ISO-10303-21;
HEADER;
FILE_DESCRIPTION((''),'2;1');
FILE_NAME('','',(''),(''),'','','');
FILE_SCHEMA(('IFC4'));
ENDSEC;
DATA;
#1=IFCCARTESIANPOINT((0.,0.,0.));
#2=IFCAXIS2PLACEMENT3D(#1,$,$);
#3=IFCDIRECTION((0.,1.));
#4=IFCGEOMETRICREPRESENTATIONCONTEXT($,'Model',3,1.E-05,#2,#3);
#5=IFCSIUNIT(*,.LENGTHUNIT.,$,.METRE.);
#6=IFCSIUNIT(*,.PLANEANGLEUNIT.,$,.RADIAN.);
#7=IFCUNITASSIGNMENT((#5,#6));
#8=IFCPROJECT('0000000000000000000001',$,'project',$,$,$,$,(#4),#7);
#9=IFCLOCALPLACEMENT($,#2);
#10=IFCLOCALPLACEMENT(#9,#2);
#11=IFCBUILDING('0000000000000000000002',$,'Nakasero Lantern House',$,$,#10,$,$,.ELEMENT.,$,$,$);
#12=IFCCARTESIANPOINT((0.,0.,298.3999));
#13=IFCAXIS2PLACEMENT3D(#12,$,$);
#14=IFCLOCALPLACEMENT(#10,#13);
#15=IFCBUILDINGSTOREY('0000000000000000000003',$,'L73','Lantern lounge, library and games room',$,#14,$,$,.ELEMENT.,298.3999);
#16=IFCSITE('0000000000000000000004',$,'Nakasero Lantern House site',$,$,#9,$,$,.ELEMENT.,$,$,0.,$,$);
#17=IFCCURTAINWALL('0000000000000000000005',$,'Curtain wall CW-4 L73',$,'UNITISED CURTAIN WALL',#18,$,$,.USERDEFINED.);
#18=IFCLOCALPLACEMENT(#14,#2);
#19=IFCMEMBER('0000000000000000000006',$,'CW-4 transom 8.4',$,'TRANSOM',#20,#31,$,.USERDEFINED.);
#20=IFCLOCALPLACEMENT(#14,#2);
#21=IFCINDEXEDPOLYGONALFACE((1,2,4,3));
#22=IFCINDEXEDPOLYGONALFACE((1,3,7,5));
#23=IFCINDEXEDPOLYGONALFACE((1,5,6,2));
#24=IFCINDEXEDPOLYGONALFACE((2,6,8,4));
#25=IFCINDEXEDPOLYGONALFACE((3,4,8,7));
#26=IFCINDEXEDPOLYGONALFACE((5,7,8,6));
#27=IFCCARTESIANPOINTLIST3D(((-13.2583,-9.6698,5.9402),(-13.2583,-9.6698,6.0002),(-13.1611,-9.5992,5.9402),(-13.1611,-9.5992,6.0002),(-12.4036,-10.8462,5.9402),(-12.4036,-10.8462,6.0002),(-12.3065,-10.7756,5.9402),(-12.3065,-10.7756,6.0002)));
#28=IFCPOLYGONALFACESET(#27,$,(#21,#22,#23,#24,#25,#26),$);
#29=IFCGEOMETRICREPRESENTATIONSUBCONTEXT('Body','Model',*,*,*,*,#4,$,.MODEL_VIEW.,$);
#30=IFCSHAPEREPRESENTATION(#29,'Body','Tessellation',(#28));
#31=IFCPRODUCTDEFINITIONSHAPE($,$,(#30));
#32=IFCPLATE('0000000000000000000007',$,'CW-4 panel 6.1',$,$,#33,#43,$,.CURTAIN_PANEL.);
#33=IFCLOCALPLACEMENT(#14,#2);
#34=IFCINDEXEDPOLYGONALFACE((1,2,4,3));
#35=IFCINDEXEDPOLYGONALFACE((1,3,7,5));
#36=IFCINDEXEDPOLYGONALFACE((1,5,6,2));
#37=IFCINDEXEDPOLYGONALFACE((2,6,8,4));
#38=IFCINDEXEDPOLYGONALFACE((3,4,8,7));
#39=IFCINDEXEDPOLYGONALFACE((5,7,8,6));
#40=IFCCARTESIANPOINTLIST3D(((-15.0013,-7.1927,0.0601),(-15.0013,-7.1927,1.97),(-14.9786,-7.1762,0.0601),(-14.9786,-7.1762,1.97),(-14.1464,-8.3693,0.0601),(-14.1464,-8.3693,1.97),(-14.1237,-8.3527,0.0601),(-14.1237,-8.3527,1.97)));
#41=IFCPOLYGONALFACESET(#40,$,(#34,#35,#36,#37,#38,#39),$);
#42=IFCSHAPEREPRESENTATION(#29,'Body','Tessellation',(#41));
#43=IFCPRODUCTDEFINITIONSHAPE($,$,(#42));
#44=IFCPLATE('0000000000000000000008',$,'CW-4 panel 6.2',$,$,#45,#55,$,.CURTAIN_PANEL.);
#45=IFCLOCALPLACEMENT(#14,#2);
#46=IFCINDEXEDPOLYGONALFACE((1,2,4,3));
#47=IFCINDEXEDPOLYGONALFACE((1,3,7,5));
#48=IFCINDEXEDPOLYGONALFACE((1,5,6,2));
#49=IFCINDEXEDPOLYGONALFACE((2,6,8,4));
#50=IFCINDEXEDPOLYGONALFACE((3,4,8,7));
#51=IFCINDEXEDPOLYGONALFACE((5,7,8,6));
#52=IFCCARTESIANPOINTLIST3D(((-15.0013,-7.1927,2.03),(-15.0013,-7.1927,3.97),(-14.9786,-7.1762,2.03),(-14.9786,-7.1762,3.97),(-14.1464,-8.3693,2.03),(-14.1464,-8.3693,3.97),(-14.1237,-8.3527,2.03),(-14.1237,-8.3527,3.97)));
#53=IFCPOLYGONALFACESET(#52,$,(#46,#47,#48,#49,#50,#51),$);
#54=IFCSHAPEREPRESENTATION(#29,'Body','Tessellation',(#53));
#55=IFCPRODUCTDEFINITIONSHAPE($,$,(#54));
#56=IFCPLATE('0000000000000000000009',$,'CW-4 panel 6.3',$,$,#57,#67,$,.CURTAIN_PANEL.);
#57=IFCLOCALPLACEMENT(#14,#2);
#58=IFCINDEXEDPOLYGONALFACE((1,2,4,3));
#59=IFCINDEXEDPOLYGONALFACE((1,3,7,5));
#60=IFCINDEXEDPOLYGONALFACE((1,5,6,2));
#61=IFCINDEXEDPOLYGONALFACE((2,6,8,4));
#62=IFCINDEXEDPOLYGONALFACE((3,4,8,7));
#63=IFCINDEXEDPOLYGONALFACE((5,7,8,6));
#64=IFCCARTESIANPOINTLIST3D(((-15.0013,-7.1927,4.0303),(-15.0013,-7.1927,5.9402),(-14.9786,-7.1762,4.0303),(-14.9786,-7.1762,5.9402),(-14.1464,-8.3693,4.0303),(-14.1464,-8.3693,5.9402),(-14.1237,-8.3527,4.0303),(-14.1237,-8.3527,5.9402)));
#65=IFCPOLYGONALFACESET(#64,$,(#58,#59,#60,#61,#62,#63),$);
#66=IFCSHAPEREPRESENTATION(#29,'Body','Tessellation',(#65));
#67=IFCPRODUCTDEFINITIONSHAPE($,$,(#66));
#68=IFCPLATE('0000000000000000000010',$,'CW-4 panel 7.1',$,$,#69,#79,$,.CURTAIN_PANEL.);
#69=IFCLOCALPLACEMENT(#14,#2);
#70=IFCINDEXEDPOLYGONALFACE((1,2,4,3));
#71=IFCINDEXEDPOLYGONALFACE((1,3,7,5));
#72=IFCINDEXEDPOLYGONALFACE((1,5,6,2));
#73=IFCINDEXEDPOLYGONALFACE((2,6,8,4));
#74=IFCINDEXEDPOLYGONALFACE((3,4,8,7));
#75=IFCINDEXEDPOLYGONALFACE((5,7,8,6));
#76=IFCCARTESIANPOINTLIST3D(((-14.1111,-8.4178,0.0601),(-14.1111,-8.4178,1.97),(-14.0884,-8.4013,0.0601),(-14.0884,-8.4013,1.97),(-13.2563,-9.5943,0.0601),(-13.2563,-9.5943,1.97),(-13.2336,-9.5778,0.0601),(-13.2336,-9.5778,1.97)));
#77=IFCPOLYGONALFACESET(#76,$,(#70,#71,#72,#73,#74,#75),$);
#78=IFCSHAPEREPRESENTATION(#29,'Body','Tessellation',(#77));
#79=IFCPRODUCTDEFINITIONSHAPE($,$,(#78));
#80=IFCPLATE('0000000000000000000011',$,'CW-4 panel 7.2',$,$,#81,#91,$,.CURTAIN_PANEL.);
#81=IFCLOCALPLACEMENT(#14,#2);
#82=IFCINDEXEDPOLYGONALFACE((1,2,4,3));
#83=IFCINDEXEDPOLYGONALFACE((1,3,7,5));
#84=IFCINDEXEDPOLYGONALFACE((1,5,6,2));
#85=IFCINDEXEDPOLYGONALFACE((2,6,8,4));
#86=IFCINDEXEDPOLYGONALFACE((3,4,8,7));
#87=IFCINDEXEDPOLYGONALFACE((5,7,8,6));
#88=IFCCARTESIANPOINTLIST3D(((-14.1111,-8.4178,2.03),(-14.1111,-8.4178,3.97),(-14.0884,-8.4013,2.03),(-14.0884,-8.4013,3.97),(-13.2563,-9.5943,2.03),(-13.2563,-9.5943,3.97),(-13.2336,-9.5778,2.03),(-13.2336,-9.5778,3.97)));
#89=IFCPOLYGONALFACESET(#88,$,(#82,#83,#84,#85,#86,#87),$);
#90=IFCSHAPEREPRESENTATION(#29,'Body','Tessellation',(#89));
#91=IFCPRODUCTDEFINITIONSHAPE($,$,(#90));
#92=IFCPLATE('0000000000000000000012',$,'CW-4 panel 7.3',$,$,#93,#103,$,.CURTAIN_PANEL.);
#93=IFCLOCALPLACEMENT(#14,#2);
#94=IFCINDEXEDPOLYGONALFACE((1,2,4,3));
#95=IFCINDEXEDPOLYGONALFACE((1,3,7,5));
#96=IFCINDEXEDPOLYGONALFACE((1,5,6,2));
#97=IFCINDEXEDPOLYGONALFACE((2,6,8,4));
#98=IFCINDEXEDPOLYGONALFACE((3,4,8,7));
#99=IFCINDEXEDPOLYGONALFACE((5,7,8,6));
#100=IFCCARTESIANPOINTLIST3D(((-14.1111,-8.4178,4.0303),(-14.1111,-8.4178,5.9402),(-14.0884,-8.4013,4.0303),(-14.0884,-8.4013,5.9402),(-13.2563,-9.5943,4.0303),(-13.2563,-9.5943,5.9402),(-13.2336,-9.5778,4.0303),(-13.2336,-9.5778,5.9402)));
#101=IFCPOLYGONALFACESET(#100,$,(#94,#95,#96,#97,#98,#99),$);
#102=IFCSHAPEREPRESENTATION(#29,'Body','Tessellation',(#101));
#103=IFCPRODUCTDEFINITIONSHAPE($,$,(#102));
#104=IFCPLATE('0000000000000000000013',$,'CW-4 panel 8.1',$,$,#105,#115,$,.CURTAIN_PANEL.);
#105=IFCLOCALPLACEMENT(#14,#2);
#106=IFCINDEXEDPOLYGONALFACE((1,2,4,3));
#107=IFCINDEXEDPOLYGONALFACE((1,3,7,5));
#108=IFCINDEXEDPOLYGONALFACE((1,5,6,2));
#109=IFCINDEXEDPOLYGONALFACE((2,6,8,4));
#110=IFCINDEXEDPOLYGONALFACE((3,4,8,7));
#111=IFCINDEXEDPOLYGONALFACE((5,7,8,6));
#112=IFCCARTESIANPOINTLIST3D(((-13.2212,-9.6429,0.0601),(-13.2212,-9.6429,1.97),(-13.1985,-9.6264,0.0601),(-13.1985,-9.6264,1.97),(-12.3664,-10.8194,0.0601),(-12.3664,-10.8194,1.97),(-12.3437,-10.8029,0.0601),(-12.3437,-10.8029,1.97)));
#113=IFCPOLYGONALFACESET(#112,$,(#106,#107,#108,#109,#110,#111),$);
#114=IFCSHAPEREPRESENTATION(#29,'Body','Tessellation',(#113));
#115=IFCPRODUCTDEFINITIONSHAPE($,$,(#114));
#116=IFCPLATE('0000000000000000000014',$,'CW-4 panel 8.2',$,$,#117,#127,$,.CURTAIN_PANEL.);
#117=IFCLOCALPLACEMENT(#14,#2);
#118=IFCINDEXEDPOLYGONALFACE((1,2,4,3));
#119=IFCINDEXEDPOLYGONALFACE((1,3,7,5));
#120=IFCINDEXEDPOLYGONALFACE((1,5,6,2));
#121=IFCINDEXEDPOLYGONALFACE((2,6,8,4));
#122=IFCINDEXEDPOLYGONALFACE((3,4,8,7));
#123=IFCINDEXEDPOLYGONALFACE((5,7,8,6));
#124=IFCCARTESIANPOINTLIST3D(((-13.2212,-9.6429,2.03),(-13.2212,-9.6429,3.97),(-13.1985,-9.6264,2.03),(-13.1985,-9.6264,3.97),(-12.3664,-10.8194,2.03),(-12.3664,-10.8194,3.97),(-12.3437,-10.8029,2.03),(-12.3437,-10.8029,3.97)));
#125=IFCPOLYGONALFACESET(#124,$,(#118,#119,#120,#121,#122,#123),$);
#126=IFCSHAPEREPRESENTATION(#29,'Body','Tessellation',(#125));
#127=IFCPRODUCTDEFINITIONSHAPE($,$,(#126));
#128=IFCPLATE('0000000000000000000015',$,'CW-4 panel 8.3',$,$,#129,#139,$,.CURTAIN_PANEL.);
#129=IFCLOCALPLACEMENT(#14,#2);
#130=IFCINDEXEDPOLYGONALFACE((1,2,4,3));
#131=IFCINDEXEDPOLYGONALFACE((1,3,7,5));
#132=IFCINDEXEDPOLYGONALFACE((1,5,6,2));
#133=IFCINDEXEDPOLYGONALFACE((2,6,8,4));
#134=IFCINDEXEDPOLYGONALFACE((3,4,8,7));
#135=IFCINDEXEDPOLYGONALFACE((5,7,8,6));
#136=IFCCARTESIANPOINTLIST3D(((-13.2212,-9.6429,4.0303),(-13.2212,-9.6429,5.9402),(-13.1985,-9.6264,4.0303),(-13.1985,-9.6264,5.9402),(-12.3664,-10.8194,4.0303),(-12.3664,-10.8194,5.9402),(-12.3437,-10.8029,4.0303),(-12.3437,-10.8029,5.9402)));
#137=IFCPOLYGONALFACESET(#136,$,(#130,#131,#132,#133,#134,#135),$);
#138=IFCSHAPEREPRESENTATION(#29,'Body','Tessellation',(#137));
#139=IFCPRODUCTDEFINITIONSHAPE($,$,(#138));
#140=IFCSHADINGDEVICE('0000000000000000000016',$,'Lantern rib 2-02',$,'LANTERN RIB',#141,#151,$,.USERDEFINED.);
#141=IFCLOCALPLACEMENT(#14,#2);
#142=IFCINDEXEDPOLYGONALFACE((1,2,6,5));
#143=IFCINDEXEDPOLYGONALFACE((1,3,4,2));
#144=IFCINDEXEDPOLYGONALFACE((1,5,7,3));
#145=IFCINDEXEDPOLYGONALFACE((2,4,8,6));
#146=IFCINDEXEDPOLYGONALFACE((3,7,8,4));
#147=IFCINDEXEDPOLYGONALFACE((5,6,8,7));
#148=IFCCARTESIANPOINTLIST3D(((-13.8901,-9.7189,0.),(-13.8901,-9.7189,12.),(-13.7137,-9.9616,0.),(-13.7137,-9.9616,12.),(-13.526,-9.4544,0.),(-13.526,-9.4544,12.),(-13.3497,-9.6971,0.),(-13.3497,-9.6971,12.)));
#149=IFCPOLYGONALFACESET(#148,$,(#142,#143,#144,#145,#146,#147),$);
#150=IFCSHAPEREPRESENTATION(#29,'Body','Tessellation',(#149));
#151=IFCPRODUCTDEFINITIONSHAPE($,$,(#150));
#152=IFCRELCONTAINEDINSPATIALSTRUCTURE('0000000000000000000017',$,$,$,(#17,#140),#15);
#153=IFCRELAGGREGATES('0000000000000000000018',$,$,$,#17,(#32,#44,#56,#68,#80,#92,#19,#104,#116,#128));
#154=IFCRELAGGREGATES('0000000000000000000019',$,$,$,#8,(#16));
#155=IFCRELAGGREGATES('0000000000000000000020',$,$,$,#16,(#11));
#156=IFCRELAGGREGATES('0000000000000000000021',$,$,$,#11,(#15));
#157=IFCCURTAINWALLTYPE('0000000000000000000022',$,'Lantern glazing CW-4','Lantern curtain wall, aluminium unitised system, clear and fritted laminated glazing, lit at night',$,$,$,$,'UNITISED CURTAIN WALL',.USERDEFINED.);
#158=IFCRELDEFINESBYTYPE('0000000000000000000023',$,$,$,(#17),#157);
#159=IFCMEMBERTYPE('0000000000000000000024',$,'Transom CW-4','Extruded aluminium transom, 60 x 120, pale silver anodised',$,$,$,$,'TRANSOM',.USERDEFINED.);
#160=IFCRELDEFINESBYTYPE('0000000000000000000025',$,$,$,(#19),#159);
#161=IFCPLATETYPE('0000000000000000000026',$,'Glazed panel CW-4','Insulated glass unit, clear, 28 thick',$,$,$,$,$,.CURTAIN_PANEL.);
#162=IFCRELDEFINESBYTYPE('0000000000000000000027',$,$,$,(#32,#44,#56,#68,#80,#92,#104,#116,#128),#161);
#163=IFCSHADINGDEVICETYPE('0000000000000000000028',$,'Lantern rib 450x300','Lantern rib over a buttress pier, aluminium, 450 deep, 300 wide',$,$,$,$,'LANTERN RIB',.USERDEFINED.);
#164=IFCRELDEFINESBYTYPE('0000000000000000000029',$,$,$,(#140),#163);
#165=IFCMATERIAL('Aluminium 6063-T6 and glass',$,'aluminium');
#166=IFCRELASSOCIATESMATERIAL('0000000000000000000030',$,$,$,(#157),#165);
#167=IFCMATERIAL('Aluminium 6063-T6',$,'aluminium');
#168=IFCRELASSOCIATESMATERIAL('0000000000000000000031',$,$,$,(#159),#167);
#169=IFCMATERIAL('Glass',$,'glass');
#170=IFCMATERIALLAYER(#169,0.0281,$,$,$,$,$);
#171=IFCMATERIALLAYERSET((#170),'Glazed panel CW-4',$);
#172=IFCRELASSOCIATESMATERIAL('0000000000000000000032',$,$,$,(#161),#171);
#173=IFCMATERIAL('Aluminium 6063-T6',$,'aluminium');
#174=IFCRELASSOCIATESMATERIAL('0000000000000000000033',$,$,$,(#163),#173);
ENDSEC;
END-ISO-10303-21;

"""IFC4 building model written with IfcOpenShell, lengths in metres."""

from ifc_helpers import new_model, si_unit, direction, frame, origin, origin_2d, place, context, subcontext, project, spatial, rectangle, extrude, material, layer, layer_set, material_profile, profile_set, type_object, element, aggregate, save


model = new_model("IFC4")

# Units and contexts
model_context = context("Model", 3, precision=1e-05, world=origin(), true_north=direction((0.0, 1.0)))
body_context = subcontext(model_context, "Body", "Model", "MODEL_VIEW")
ifc_project = project(units=[si_unit("LENGTHUNIT", "METRE"), si_unit("PLANEANGLEUNIT", "RADIAN")], contexts=[model_context])

# Site, building, storey
site_placement = place(None, origin())
site = spatial("IfcSite", under=ifc_project, at=site_placement, Name="Nakasero Lantern House site", CompositionType="ELEMENT", RefElevation=0.0)
building_placement = place(site_placement, origin())
building = spatial("IfcBuilding", under=site, at=building_placement, Name="Nakasero Lantern House", CompositionType="ELEMENT")
storey_placement = place(building_placement, frame((0.0, 0.0, 298.3999)))
storey = spatial("IfcBuildingStorey", under=building, at=storey_placement, Name="L73", Description="Lantern lounge, library and games room", CompositionType="ELEMENT", Elevation=298.3999)

# Curtain wall
ifc_material_1 = material(Name="Aluminium 6063-T6 and glass", Category="aluminium")
curtain_wall_type = type_object("IfcCurtainWallType", Name="Lantern glazing CW-4", Description="Lantern curtain wall, aluminium unitised system, clear and fritted laminated glazing, lit at night", ElementType="UNITISED CURTAIN WALL", PredefinedType="USERDEFINED", material=ifc_material_1)
curtain_wall_placement = place(storey_placement, origin())
curtain_wall = element("IfcCurtainWall", 1, at=curtain_wall_placement, inside=storey, type_object=curtain_wall_type, Name="Curtain wall CW-4 L73", ObjectType="UNITISED CURTAIN WALL", PredefinedType="USERDEFINED")

# Member
ifc_material_2 = material(Name="Aluminium 6063-T6", Category="aluminium")
ifc_material_profile_1 = material_profile(ifc_material_2, rectangle(XDim=0.0601, YDim=0.1201, at=origin_2d()), Name="CW-4 transom 60x120")
ifc_profile_set_1 = profile_set([ifc_material_profile_1], Name="Aluminium 6063-T6")
member_type_1 = type_object("IfcMemberType", Name="Transom CW-4", Description="Extruded aluminium transom, 60 x 120, pale silver anodised", ElementType="TRANSOM", PredefinedType="USERDEFINED", material=ifc_profile_set_1)
member_1_placement = place(storey_placement, frame((-13.2097, -9.6345, 5.9702), z_axis=(0.587762, -0.809034, 0.0), x_axis=(0.0, 0.0, 1.0)))
member_1 = element("IfcMember", 2, at=member_1_placement, type_object=member_type_1, Name="CW-4 transom 8.4", ObjectType="TRANSOM", PredefinedType="USERDEFINED", context=body_context, shape_type="SweptSolid", body=[
    extrude(rectangle(XDim=0.0601, YDim=0.1201, at=origin_2d()), origin(), (0.0, 0.0, 1.0), 1.4541),
])

# Plates
ifc_material_3 = material(Name="Glass", Category="glass")
ifc_layer_1 = layer(ifc_material_3, 0.0281)
ifc_layer_set_1 = layer_set([ifc_layer_1], Name="Glazed panel CW-4")
plate_type = type_object("IfcPlateType", Name="Glazed panel CW-4", Description="Insulated glass unit, clear, 28 thick", PredefinedType="CURTAIN_PANEL", material=ifc_layer_set_1)
plate_1_placement = place(storey_placement, frame((-14.5625, -7.7727, 0.0601), z_axis=(0.0, 0.0, 1.0), x_axis=(0.587785, -0.809017, 0.0)))
plate_1 = element("IfcPlate", 3, at=plate_1_placement, type_object=plate_type, Name="CW-4 panel 6.1", PredefinedType="CURTAIN_PANEL", context=body_context, shape_type="SweptSolid", body=[
    extrude(rectangle(XDim=1.4543, YDim=0.0281, at=origin_2d()), origin(), (0.0, 0.0, 1.0), 1.9099),
])
plate_2_placement = place(storey_placement, frame((-14.5625, -7.7727, 2.03), z_axis=(0.0, 0.0, 1.0), x_axis=(0.587785, -0.809017, 0.0)))
plate_2 = element("IfcPlate", 4, at=plate_2_placement, type_object=plate_type, Name="CW-4 panel 6.2", PredefinedType="CURTAIN_PANEL", context=body_context, shape_type="SweptSolid", body=[
    extrude(rectangle(XDim=1.4543, YDim=0.0281, at=origin_2d()), origin(), (0.0, 0.0, 1.0), 1.9399),
])
plate_3_placement = place(storey_placement, frame((-14.5625, -7.7727, 4.0303), z_axis=(0.0, 0.0, 1.0), x_axis=(0.587785, -0.809017, 0.0)))
plate_3 = element("IfcPlate", 5, at=plate_3_placement, type_object=plate_type, Name="CW-4 panel 6.3", PredefinedType="CURTAIN_PANEL", context=body_context, shape_type="SweptSolid", body=[
    extrude(rectangle(XDim=1.4543, YDim=0.0281, at=origin_2d()), origin(), (0.0, 0.0, 1.0), 1.9099),
])
plate_4_placement = place(storey_placement, frame((-13.6724, -8.9978, 0.0601), z_axis=(0.0, 0.0, 1.0), x_axis=(0.587785, -0.809017, 0.0)))
plate_4 = element("IfcPlate", 6, at=plate_4_placement, type_object=plate_type, Name="CW-4 panel 7.1", PredefinedType="CURTAIN_PANEL", context=body_context, shape_type="SweptSolid", body=[
    extrude(rectangle(XDim=1.4543, YDim=0.0281, at=origin_2d()), origin(), (0.0, 0.0, 1.0), 1.9099),
])
plate_5_placement = place(storey_placement, frame((-13.6724, -8.9978, 2.03), z_axis=(0.0, 0.0, 1.0), x_axis=(0.587785, -0.809017, 0.0)))
plate_5 = element("IfcPlate", 7, at=plate_5_placement, type_object=plate_type, Name="CW-4 panel 7.2", PredefinedType="CURTAIN_PANEL", context=body_context, shape_type="SweptSolid", body=[
    extrude(rectangle(XDim=1.4543, YDim=0.0281, at=origin_2d()), origin(), (0.0, 0.0, 1.0), 1.9399),
])
plate_6_placement = place(storey_placement, frame((-13.6724, -8.9978, 4.0303), z_axis=(0.0, 0.0, 1.0), x_axis=(0.587785, -0.809017, 0.0)))
plate_6 = element("IfcPlate", 8, at=plate_6_placement, type_object=plate_type, Name="CW-4 panel 7.3", PredefinedType="CURTAIN_PANEL", context=body_context, shape_type="SweptSolid", body=[
    extrude(rectangle(XDim=1.4543, YDim=0.0281, at=origin_2d()), origin(), (0.0, 0.0, 1.0), 1.9099),
])
plate_7_placement = place(storey_placement, frame((-12.7825, -10.2229, 0.0601), z_axis=(0.0, 0.0, 1.0), x_axis=(0.587785, -0.809017, 0.0)))
plate_7 = element("IfcPlate", 9, at=plate_7_placement, type_object=plate_type, Name="CW-4 panel 8.1", PredefinedType="CURTAIN_PANEL", context=body_context, shape_type="SweptSolid", body=[
    extrude(rectangle(XDim=1.4543, YDim=0.0281, at=origin_2d()), origin(), (0.0, 0.0, 1.0), 1.9099),
])
plate_8_placement = place(storey_placement, frame((-12.7825, -10.2229, 2.03), z_axis=(0.0, 0.0, 1.0), x_axis=(0.587785, -0.809017, 0.0)))
plate_8 = element("IfcPlate", 10, at=plate_8_placement, type_object=plate_type, Name="CW-4 panel 8.2", PredefinedType="CURTAIN_PANEL", context=body_context, shape_type="SweptSolid", body=[
    extrude(rectangle(XDim=1.4543, YDim=0.0281, at=origin_2d()), origin(), (0.0, 0.0, 1.0), 1.9399),
])
plate_9_placement = place(storey_placement, frame((-12.7825, -10.2229, 4.0303), z_axis=(0.0, 0.0, 1.0), x_axis=(0.587785, -0.809017, 0.0)))
plate_9 = element("IfcPlate", 11, at=plate_9_placement, type_object=plate_type, Name="CW-4 panel 8.3", PredefinedType="CURTAIN_PANEL", context=body_context, shape_type="SweptSolid", body=[
    extrude(rectangle(XDim=1.4543, YDim=0.0281, at=origin_2d()), origin(), (0.0, 0.0, 1.0), 1.9099),
])
aggregate(curtain_wall, [plate_1, plate_2, plate_3, plate_4, plate_5, plate_6, member_1, plate_7, plate_8, plate_9])

# Shading device
ifc_material_4 = material(Name="Aluminium 6063-T6", Category="aluminium")
shading_device_type = type_object("IfcShadingDeviceType", Name="Lantern rib 450x300", Description="Lantern rib over a buttress pier, aluminium, 450 deep, 300 wide", ElementType="LANTERN RIB", PredefinedType="USERDEFINED", material=ifc_material_4)
shading_device_placement = place(storey_placement, frame((-13.6199, -9.708, 0.0), z_axis=(0.0, 0.0, 1.0), x_axis=(-0.809017, -0.587785, 0.0)))
element("IfcShadingDevice", 12, at=shading_device_placement, inside=storey, type_object=shading_device_type, Name="Lantern rib 2-02", ObjectType="LANTERN RIB", PredefinedType="USERDEFINED", context=body_context, shape_type="SweptSolid", body=[
    extrude(rectangle(XDim=0.45, YDim=0.3, at=origin_2d()), origin(), (0.0, 0.0, 1.0), 12.0),
])

save(model, "model.ifc")
